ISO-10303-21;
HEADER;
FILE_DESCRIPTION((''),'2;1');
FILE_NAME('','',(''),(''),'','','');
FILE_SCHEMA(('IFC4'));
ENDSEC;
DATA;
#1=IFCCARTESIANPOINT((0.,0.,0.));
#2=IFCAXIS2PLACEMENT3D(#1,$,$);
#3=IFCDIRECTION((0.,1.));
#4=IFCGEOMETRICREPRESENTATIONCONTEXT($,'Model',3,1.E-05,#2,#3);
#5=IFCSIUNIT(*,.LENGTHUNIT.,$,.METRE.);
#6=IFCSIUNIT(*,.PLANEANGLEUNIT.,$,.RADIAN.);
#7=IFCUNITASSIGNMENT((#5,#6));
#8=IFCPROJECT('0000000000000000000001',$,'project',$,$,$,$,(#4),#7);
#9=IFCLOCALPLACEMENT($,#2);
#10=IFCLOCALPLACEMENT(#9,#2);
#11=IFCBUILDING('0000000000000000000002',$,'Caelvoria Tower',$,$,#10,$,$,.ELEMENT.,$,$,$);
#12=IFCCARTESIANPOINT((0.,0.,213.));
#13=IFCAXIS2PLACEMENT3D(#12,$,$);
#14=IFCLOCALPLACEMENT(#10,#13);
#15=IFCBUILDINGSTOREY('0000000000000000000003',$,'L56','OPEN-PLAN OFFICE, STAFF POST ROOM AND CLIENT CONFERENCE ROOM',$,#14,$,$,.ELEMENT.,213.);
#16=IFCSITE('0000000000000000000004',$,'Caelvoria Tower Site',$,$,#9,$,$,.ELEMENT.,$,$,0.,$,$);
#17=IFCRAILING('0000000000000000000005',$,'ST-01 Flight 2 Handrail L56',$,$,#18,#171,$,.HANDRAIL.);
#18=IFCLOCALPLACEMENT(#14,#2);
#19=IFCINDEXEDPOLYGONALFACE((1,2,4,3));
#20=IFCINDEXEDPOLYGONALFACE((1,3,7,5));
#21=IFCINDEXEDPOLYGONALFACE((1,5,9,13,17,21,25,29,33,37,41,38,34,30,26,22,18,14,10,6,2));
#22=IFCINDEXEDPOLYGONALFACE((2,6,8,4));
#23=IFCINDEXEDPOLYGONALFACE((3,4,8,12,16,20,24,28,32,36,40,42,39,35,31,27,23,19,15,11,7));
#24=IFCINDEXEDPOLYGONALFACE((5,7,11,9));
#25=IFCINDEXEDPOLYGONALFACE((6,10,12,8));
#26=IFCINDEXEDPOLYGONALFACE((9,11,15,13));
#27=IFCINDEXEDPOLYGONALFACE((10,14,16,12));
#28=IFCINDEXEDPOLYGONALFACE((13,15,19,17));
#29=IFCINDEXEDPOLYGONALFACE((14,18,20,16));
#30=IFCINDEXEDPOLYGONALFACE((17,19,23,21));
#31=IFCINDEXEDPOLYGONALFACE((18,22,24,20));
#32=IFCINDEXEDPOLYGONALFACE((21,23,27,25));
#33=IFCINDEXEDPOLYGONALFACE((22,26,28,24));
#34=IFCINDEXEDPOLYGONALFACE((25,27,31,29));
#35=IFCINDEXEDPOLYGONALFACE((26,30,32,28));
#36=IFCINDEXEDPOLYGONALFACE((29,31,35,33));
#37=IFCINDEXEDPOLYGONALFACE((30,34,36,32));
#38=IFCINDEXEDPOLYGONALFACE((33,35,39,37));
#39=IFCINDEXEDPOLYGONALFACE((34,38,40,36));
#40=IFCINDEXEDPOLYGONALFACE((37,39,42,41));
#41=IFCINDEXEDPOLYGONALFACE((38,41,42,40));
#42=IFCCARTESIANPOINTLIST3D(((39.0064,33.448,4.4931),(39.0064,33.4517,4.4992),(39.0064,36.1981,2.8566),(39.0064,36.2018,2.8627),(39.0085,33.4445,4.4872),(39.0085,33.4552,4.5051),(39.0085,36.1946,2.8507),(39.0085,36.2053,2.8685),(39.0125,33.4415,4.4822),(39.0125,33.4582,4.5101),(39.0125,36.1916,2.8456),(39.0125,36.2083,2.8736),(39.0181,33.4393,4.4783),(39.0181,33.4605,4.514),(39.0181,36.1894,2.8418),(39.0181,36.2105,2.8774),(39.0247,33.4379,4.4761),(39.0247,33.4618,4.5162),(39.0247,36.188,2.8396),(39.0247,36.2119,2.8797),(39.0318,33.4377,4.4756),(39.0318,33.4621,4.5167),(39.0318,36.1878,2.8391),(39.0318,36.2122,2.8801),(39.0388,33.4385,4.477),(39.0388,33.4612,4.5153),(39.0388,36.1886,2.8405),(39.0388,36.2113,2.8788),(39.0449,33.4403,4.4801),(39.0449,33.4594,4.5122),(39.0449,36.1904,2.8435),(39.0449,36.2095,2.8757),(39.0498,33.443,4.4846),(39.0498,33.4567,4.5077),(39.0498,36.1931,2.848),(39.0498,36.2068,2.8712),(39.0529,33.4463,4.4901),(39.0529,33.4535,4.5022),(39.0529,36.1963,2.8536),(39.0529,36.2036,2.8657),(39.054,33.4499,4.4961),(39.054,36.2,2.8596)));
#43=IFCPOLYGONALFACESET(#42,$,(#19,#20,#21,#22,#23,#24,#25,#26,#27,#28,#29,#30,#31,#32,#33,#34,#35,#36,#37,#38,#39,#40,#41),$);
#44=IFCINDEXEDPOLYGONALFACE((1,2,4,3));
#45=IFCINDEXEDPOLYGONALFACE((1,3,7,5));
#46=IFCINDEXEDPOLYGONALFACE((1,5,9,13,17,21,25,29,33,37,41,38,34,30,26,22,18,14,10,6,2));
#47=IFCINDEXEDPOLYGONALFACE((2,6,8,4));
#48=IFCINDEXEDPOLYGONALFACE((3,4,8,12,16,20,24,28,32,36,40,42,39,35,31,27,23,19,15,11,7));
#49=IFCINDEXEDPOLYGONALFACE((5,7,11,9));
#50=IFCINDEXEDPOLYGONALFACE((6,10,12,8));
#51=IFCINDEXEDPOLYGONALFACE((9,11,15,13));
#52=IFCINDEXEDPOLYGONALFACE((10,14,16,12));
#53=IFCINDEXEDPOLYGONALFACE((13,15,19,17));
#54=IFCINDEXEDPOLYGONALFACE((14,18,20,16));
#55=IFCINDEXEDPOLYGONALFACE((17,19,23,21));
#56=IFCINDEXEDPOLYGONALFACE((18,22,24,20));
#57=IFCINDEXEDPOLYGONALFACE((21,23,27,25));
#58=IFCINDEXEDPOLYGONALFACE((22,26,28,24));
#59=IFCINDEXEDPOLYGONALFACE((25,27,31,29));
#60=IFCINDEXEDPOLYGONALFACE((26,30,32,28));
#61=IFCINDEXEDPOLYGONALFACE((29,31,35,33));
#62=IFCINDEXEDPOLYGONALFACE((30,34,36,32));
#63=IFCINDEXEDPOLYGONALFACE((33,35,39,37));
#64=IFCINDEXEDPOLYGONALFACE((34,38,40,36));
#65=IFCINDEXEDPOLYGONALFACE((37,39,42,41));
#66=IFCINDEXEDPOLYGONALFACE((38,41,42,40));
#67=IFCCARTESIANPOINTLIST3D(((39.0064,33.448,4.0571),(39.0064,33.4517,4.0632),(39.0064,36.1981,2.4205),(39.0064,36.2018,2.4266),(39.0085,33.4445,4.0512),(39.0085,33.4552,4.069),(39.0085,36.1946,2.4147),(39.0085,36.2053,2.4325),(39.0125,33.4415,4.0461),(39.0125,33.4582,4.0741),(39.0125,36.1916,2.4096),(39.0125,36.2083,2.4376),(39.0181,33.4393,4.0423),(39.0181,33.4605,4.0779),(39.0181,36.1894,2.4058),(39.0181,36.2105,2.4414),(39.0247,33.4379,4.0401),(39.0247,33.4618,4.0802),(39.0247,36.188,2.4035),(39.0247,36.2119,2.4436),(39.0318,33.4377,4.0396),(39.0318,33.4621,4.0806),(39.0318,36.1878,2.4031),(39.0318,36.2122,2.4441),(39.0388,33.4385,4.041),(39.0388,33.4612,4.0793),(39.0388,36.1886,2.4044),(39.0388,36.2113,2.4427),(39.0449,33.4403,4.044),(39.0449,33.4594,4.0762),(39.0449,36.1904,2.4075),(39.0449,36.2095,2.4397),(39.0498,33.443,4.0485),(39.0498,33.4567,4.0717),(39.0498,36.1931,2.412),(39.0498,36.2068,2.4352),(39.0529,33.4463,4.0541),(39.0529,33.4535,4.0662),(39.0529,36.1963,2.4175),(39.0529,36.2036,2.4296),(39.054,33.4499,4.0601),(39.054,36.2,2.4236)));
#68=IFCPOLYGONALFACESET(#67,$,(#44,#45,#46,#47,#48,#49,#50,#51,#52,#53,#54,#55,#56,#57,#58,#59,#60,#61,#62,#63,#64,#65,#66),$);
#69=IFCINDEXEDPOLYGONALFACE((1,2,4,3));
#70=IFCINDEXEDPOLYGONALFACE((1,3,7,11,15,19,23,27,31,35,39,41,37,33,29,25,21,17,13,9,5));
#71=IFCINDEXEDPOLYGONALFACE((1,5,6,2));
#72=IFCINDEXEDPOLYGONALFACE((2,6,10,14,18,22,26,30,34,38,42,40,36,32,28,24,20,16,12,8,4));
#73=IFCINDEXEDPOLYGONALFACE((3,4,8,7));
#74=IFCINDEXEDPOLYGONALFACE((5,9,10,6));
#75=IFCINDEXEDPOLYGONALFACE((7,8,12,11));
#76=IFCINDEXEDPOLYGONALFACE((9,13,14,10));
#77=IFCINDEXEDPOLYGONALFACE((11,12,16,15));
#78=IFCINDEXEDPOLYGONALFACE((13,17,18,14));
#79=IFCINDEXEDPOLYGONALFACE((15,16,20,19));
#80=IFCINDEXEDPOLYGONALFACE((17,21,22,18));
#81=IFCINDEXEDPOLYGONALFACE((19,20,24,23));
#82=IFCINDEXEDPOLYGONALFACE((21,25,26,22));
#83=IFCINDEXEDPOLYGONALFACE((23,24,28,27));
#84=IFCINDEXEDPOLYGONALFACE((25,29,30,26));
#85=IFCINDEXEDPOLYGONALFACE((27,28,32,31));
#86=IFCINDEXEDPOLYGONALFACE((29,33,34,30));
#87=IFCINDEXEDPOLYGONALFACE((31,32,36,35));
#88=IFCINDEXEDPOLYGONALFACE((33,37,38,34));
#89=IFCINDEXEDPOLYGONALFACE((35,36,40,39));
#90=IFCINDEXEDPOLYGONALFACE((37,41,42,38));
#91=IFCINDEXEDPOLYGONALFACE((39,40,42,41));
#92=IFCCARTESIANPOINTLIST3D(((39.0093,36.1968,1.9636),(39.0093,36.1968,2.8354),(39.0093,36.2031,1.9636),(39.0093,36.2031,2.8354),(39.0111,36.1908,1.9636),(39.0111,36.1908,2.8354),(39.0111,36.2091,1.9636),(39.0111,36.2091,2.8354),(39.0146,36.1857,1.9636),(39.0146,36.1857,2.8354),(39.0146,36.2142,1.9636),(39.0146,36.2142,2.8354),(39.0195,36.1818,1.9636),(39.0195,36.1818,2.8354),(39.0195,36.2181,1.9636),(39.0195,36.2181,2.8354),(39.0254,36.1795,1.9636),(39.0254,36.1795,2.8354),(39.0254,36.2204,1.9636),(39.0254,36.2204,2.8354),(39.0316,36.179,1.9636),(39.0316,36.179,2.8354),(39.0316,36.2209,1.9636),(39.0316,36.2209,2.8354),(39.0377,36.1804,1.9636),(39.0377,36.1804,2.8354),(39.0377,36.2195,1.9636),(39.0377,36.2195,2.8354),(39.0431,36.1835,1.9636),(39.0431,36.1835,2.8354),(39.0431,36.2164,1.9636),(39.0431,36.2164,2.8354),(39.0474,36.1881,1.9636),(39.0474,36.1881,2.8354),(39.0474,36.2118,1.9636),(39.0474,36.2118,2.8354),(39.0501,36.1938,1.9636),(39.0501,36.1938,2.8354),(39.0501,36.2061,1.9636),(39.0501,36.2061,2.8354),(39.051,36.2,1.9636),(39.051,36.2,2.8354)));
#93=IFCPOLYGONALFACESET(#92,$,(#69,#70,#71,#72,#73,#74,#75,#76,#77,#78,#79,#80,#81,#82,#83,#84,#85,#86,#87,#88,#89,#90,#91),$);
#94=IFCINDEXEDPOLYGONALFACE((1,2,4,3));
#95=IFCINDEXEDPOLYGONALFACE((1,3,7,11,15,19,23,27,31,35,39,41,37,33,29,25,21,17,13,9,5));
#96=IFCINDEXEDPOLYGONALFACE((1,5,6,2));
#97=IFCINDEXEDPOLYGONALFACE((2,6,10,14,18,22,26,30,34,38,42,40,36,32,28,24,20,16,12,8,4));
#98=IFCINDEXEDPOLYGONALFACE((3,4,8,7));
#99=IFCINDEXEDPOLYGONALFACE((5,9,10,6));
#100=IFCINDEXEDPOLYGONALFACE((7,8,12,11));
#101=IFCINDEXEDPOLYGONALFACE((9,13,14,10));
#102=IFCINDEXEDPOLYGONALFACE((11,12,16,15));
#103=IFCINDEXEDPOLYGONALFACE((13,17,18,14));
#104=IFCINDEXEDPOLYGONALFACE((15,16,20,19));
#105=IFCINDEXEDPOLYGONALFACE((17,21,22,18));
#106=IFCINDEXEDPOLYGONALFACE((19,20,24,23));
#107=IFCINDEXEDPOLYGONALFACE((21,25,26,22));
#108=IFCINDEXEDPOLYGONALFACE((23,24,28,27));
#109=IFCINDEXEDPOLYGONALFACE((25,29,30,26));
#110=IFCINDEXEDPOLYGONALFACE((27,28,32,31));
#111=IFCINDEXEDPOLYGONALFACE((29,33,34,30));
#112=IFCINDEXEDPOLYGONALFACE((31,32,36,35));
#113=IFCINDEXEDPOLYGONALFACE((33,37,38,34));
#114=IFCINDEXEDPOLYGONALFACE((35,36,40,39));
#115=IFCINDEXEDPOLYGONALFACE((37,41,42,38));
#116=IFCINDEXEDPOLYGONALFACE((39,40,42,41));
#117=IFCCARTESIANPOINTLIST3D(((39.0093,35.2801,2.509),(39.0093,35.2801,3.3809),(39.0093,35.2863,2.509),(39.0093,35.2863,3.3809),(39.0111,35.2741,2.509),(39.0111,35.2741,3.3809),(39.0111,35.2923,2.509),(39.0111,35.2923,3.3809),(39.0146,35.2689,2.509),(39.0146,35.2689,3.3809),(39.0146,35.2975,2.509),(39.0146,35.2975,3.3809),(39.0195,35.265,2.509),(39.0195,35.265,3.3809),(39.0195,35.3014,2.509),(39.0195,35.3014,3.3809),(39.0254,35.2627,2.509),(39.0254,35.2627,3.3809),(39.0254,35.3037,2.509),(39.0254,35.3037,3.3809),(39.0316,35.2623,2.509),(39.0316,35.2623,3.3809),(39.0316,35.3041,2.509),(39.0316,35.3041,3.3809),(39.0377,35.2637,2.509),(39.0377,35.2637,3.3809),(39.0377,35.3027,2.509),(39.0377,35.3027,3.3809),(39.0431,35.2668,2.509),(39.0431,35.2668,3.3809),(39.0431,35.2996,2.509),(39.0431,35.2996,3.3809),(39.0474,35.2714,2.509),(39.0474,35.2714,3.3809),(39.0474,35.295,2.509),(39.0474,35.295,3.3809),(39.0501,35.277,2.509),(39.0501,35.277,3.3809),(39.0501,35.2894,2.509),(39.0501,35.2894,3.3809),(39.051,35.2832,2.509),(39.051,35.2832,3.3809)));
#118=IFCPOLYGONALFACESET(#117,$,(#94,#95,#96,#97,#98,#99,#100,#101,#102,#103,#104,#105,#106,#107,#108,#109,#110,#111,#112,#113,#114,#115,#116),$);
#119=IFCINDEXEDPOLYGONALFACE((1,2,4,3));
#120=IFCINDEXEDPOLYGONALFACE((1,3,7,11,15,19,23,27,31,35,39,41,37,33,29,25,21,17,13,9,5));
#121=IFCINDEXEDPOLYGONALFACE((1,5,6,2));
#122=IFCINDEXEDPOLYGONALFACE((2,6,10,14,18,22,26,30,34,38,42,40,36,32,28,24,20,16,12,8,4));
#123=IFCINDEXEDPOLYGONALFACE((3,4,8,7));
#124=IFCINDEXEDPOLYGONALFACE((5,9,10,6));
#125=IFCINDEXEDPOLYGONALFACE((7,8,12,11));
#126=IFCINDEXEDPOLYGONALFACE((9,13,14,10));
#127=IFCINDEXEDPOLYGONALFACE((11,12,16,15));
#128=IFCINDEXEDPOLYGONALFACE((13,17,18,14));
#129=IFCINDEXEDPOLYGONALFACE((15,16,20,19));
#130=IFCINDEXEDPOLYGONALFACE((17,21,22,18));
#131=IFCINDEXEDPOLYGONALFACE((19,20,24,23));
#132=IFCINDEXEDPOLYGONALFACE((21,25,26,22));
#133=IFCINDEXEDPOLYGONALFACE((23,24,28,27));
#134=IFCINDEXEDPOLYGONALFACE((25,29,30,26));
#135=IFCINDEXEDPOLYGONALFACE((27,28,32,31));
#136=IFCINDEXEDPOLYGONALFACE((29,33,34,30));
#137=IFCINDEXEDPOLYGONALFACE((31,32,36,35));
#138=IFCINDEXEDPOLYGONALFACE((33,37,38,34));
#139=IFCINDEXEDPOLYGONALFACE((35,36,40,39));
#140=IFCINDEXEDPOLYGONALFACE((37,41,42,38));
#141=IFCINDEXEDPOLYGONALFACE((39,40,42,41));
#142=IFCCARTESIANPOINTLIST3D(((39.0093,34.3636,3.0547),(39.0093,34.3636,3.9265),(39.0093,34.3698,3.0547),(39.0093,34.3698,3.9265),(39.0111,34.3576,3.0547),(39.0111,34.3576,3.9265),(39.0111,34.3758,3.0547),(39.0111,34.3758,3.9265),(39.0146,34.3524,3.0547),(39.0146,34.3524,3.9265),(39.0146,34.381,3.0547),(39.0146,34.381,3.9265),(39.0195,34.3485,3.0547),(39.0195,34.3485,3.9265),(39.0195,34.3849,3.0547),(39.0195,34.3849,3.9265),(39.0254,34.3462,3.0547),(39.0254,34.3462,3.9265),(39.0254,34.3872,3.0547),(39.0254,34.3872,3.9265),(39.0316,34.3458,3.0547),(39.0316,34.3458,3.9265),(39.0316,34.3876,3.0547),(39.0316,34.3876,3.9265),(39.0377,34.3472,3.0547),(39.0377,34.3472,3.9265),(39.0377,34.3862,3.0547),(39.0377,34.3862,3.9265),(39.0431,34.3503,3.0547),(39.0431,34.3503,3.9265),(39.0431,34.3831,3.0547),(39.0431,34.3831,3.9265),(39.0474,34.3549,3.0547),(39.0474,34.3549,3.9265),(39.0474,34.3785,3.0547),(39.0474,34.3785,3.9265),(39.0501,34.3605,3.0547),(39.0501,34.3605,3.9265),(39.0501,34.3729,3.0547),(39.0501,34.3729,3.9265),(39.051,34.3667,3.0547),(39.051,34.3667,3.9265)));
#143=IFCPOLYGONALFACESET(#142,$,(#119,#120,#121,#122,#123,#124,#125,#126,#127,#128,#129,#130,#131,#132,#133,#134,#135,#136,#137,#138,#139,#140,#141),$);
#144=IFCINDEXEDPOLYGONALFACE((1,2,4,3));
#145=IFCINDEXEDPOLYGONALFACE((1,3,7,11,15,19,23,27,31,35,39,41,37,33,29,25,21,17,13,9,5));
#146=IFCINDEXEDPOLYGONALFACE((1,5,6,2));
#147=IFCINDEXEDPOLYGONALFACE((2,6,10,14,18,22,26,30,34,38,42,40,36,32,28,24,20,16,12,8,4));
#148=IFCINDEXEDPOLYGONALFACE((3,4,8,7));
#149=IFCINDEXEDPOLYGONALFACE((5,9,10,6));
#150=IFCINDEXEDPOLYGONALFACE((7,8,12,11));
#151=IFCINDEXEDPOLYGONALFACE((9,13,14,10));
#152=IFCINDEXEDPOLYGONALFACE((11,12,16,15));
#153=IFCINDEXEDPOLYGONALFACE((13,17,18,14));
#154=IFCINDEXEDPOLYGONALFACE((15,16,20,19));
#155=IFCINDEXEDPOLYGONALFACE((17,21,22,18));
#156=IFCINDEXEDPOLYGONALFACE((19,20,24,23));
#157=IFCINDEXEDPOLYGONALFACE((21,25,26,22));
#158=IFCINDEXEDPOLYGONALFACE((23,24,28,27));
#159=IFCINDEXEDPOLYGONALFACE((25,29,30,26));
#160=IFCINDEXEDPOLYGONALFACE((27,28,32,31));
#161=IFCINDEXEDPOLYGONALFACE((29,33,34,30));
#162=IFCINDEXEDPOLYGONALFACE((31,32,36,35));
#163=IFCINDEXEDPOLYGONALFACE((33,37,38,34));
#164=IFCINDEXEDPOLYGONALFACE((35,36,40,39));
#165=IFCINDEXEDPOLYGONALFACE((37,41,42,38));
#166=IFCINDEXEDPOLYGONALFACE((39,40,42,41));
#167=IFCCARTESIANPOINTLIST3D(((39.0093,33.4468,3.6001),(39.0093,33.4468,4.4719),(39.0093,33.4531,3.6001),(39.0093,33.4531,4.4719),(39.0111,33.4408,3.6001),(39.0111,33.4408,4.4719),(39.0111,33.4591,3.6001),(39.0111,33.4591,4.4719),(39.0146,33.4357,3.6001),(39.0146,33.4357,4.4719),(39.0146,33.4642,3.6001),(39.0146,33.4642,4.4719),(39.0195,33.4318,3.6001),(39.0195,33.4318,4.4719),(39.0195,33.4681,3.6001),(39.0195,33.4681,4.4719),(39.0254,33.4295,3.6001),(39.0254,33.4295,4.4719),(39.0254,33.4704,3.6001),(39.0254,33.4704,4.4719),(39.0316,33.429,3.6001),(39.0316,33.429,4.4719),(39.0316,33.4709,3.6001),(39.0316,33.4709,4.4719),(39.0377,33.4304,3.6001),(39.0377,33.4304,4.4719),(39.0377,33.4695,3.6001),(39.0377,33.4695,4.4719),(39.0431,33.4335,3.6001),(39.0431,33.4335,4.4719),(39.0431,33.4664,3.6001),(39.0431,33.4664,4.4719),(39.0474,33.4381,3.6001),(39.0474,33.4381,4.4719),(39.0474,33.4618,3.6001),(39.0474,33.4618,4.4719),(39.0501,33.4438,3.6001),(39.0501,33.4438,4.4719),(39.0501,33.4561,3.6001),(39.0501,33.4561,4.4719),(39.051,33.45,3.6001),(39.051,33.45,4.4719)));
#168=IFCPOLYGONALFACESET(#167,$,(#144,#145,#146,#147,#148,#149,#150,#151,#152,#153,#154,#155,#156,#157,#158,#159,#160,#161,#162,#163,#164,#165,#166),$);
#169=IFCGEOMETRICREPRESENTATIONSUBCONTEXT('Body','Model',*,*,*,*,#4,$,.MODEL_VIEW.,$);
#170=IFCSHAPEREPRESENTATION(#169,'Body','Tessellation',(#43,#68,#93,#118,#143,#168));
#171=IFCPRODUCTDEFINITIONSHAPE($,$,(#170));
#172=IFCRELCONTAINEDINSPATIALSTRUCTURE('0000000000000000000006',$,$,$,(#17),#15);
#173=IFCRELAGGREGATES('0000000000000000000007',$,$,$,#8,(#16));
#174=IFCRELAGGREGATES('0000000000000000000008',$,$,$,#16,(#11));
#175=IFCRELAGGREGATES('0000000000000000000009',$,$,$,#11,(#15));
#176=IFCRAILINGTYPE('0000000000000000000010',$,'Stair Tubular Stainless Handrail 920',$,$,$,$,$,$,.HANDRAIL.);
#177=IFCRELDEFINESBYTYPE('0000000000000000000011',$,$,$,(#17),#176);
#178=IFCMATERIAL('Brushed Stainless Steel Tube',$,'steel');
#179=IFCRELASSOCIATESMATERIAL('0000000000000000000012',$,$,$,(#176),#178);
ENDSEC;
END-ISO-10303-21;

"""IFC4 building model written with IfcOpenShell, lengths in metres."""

from ifc_helpers import new_model, si_unit, direction, frame, origin, origin_2d, place, context, subcontext, project, spatial, circle, extrude, material, type_object, element, save


model = new_model("IFC4")

# Units and contexts
model_context = context("Model", 3, precision=1e-05, world=origin(), true_north=direction((0.0, 1.0)))
body_context = subcontext(model_context, "Body", "Model", "MODEL_VIEW")
ifc_project = project(units=[si_unit("LENGTHUNIT", "METRE"), si_unit("PLANEANGLEUNIT", "RADIAN")], contexts=[model_context])

# Site, building, storey
site_placement = place(None, origin())
site = spatial("IfcSite", under=ifc_project, at=site_placement, Name="Caelvoria Tower Site", CompositionType="ELEMENT", RefElevation=0.0)
building_placement = place(site_placement, origin())
building = spatial("IfcBuilding", under=site, at=building_placement, Name="Caelvoria Tower", CompositionType="ELEMENT")
storey_placement = place(building_placement, frame((0.0, 0.0, 213.0)))
storey = spatial("IfcBuildingStorey", under=building, at=storey_placement, Name="L56", Description="OPEN-PLAN OFFICE, STAFF POST ROOM AND CLIENT CONFERENCE ROOM", CompositionType="ELEMENT", Elevation=213.0)

# Railing
ifc_material_1 = material(Name="Brushed Stainless Steel Tube", Category="steel")
railing_type_1 = type_object("IfcRailingType", Name="Stair Tubular Stainless Handrail 920", PredefinedType="HANDRAIL", material=ifc_material_1)
railing_1_placement = place(storey_placement, frame((39.03, 36.2, 1.9636)))
element("IfcRailing", 1, at=railing_1_placement, inside=storey, type_object=railing_type_1, Name="ST-01 Flight 2 Handrail L56", PredefinedType="HANDRAIL", context=body_context, shape_type="SweptSolid", body=[
    extrude(circle(Radius=0.0239, at=origin_2d()), frame((0.0, 0.0, 0.896), z_axis=(0.0, -0.859352, 0.511385), x_axis=(1.0, 0.0, 0.0)), (0.0, 0.0, 1.0), 3.2002),
    extrude(circle(Radius=0.0239, at=origin_2d()), frame((0.0, 0.0, 0.46), z_axis=(0.0, -0.859352, 0.511385), x_axis=(1.0, 0.0, 0.0)), (0.0, 0.0, 1.0), 3.2002),
    extrude(circle(Radius=0.021, at=origin_2d()), origin(), (0.0, 0.0, 1.0), 0.8718),
    extrude(circle(Radius=0.021, at=origin_2d()), frame((0.0, -0.9167, 0.5454)), (0.0, 0.0, 1.0), 0.8718),
    extrude(circle(Radius=0.021, at=origin_2d()), frame((0.0, -1.8333, 1.0911)), (0.0, 0.0, 1.0), 0.8718),
    extrude(circle(Radius=0.021, at=origin_2d()), frame((0.0, -2.75, 1.6365)), (0.0, 0.0, 1.0), 0.8718),
])

save(model, "model.ifc")
